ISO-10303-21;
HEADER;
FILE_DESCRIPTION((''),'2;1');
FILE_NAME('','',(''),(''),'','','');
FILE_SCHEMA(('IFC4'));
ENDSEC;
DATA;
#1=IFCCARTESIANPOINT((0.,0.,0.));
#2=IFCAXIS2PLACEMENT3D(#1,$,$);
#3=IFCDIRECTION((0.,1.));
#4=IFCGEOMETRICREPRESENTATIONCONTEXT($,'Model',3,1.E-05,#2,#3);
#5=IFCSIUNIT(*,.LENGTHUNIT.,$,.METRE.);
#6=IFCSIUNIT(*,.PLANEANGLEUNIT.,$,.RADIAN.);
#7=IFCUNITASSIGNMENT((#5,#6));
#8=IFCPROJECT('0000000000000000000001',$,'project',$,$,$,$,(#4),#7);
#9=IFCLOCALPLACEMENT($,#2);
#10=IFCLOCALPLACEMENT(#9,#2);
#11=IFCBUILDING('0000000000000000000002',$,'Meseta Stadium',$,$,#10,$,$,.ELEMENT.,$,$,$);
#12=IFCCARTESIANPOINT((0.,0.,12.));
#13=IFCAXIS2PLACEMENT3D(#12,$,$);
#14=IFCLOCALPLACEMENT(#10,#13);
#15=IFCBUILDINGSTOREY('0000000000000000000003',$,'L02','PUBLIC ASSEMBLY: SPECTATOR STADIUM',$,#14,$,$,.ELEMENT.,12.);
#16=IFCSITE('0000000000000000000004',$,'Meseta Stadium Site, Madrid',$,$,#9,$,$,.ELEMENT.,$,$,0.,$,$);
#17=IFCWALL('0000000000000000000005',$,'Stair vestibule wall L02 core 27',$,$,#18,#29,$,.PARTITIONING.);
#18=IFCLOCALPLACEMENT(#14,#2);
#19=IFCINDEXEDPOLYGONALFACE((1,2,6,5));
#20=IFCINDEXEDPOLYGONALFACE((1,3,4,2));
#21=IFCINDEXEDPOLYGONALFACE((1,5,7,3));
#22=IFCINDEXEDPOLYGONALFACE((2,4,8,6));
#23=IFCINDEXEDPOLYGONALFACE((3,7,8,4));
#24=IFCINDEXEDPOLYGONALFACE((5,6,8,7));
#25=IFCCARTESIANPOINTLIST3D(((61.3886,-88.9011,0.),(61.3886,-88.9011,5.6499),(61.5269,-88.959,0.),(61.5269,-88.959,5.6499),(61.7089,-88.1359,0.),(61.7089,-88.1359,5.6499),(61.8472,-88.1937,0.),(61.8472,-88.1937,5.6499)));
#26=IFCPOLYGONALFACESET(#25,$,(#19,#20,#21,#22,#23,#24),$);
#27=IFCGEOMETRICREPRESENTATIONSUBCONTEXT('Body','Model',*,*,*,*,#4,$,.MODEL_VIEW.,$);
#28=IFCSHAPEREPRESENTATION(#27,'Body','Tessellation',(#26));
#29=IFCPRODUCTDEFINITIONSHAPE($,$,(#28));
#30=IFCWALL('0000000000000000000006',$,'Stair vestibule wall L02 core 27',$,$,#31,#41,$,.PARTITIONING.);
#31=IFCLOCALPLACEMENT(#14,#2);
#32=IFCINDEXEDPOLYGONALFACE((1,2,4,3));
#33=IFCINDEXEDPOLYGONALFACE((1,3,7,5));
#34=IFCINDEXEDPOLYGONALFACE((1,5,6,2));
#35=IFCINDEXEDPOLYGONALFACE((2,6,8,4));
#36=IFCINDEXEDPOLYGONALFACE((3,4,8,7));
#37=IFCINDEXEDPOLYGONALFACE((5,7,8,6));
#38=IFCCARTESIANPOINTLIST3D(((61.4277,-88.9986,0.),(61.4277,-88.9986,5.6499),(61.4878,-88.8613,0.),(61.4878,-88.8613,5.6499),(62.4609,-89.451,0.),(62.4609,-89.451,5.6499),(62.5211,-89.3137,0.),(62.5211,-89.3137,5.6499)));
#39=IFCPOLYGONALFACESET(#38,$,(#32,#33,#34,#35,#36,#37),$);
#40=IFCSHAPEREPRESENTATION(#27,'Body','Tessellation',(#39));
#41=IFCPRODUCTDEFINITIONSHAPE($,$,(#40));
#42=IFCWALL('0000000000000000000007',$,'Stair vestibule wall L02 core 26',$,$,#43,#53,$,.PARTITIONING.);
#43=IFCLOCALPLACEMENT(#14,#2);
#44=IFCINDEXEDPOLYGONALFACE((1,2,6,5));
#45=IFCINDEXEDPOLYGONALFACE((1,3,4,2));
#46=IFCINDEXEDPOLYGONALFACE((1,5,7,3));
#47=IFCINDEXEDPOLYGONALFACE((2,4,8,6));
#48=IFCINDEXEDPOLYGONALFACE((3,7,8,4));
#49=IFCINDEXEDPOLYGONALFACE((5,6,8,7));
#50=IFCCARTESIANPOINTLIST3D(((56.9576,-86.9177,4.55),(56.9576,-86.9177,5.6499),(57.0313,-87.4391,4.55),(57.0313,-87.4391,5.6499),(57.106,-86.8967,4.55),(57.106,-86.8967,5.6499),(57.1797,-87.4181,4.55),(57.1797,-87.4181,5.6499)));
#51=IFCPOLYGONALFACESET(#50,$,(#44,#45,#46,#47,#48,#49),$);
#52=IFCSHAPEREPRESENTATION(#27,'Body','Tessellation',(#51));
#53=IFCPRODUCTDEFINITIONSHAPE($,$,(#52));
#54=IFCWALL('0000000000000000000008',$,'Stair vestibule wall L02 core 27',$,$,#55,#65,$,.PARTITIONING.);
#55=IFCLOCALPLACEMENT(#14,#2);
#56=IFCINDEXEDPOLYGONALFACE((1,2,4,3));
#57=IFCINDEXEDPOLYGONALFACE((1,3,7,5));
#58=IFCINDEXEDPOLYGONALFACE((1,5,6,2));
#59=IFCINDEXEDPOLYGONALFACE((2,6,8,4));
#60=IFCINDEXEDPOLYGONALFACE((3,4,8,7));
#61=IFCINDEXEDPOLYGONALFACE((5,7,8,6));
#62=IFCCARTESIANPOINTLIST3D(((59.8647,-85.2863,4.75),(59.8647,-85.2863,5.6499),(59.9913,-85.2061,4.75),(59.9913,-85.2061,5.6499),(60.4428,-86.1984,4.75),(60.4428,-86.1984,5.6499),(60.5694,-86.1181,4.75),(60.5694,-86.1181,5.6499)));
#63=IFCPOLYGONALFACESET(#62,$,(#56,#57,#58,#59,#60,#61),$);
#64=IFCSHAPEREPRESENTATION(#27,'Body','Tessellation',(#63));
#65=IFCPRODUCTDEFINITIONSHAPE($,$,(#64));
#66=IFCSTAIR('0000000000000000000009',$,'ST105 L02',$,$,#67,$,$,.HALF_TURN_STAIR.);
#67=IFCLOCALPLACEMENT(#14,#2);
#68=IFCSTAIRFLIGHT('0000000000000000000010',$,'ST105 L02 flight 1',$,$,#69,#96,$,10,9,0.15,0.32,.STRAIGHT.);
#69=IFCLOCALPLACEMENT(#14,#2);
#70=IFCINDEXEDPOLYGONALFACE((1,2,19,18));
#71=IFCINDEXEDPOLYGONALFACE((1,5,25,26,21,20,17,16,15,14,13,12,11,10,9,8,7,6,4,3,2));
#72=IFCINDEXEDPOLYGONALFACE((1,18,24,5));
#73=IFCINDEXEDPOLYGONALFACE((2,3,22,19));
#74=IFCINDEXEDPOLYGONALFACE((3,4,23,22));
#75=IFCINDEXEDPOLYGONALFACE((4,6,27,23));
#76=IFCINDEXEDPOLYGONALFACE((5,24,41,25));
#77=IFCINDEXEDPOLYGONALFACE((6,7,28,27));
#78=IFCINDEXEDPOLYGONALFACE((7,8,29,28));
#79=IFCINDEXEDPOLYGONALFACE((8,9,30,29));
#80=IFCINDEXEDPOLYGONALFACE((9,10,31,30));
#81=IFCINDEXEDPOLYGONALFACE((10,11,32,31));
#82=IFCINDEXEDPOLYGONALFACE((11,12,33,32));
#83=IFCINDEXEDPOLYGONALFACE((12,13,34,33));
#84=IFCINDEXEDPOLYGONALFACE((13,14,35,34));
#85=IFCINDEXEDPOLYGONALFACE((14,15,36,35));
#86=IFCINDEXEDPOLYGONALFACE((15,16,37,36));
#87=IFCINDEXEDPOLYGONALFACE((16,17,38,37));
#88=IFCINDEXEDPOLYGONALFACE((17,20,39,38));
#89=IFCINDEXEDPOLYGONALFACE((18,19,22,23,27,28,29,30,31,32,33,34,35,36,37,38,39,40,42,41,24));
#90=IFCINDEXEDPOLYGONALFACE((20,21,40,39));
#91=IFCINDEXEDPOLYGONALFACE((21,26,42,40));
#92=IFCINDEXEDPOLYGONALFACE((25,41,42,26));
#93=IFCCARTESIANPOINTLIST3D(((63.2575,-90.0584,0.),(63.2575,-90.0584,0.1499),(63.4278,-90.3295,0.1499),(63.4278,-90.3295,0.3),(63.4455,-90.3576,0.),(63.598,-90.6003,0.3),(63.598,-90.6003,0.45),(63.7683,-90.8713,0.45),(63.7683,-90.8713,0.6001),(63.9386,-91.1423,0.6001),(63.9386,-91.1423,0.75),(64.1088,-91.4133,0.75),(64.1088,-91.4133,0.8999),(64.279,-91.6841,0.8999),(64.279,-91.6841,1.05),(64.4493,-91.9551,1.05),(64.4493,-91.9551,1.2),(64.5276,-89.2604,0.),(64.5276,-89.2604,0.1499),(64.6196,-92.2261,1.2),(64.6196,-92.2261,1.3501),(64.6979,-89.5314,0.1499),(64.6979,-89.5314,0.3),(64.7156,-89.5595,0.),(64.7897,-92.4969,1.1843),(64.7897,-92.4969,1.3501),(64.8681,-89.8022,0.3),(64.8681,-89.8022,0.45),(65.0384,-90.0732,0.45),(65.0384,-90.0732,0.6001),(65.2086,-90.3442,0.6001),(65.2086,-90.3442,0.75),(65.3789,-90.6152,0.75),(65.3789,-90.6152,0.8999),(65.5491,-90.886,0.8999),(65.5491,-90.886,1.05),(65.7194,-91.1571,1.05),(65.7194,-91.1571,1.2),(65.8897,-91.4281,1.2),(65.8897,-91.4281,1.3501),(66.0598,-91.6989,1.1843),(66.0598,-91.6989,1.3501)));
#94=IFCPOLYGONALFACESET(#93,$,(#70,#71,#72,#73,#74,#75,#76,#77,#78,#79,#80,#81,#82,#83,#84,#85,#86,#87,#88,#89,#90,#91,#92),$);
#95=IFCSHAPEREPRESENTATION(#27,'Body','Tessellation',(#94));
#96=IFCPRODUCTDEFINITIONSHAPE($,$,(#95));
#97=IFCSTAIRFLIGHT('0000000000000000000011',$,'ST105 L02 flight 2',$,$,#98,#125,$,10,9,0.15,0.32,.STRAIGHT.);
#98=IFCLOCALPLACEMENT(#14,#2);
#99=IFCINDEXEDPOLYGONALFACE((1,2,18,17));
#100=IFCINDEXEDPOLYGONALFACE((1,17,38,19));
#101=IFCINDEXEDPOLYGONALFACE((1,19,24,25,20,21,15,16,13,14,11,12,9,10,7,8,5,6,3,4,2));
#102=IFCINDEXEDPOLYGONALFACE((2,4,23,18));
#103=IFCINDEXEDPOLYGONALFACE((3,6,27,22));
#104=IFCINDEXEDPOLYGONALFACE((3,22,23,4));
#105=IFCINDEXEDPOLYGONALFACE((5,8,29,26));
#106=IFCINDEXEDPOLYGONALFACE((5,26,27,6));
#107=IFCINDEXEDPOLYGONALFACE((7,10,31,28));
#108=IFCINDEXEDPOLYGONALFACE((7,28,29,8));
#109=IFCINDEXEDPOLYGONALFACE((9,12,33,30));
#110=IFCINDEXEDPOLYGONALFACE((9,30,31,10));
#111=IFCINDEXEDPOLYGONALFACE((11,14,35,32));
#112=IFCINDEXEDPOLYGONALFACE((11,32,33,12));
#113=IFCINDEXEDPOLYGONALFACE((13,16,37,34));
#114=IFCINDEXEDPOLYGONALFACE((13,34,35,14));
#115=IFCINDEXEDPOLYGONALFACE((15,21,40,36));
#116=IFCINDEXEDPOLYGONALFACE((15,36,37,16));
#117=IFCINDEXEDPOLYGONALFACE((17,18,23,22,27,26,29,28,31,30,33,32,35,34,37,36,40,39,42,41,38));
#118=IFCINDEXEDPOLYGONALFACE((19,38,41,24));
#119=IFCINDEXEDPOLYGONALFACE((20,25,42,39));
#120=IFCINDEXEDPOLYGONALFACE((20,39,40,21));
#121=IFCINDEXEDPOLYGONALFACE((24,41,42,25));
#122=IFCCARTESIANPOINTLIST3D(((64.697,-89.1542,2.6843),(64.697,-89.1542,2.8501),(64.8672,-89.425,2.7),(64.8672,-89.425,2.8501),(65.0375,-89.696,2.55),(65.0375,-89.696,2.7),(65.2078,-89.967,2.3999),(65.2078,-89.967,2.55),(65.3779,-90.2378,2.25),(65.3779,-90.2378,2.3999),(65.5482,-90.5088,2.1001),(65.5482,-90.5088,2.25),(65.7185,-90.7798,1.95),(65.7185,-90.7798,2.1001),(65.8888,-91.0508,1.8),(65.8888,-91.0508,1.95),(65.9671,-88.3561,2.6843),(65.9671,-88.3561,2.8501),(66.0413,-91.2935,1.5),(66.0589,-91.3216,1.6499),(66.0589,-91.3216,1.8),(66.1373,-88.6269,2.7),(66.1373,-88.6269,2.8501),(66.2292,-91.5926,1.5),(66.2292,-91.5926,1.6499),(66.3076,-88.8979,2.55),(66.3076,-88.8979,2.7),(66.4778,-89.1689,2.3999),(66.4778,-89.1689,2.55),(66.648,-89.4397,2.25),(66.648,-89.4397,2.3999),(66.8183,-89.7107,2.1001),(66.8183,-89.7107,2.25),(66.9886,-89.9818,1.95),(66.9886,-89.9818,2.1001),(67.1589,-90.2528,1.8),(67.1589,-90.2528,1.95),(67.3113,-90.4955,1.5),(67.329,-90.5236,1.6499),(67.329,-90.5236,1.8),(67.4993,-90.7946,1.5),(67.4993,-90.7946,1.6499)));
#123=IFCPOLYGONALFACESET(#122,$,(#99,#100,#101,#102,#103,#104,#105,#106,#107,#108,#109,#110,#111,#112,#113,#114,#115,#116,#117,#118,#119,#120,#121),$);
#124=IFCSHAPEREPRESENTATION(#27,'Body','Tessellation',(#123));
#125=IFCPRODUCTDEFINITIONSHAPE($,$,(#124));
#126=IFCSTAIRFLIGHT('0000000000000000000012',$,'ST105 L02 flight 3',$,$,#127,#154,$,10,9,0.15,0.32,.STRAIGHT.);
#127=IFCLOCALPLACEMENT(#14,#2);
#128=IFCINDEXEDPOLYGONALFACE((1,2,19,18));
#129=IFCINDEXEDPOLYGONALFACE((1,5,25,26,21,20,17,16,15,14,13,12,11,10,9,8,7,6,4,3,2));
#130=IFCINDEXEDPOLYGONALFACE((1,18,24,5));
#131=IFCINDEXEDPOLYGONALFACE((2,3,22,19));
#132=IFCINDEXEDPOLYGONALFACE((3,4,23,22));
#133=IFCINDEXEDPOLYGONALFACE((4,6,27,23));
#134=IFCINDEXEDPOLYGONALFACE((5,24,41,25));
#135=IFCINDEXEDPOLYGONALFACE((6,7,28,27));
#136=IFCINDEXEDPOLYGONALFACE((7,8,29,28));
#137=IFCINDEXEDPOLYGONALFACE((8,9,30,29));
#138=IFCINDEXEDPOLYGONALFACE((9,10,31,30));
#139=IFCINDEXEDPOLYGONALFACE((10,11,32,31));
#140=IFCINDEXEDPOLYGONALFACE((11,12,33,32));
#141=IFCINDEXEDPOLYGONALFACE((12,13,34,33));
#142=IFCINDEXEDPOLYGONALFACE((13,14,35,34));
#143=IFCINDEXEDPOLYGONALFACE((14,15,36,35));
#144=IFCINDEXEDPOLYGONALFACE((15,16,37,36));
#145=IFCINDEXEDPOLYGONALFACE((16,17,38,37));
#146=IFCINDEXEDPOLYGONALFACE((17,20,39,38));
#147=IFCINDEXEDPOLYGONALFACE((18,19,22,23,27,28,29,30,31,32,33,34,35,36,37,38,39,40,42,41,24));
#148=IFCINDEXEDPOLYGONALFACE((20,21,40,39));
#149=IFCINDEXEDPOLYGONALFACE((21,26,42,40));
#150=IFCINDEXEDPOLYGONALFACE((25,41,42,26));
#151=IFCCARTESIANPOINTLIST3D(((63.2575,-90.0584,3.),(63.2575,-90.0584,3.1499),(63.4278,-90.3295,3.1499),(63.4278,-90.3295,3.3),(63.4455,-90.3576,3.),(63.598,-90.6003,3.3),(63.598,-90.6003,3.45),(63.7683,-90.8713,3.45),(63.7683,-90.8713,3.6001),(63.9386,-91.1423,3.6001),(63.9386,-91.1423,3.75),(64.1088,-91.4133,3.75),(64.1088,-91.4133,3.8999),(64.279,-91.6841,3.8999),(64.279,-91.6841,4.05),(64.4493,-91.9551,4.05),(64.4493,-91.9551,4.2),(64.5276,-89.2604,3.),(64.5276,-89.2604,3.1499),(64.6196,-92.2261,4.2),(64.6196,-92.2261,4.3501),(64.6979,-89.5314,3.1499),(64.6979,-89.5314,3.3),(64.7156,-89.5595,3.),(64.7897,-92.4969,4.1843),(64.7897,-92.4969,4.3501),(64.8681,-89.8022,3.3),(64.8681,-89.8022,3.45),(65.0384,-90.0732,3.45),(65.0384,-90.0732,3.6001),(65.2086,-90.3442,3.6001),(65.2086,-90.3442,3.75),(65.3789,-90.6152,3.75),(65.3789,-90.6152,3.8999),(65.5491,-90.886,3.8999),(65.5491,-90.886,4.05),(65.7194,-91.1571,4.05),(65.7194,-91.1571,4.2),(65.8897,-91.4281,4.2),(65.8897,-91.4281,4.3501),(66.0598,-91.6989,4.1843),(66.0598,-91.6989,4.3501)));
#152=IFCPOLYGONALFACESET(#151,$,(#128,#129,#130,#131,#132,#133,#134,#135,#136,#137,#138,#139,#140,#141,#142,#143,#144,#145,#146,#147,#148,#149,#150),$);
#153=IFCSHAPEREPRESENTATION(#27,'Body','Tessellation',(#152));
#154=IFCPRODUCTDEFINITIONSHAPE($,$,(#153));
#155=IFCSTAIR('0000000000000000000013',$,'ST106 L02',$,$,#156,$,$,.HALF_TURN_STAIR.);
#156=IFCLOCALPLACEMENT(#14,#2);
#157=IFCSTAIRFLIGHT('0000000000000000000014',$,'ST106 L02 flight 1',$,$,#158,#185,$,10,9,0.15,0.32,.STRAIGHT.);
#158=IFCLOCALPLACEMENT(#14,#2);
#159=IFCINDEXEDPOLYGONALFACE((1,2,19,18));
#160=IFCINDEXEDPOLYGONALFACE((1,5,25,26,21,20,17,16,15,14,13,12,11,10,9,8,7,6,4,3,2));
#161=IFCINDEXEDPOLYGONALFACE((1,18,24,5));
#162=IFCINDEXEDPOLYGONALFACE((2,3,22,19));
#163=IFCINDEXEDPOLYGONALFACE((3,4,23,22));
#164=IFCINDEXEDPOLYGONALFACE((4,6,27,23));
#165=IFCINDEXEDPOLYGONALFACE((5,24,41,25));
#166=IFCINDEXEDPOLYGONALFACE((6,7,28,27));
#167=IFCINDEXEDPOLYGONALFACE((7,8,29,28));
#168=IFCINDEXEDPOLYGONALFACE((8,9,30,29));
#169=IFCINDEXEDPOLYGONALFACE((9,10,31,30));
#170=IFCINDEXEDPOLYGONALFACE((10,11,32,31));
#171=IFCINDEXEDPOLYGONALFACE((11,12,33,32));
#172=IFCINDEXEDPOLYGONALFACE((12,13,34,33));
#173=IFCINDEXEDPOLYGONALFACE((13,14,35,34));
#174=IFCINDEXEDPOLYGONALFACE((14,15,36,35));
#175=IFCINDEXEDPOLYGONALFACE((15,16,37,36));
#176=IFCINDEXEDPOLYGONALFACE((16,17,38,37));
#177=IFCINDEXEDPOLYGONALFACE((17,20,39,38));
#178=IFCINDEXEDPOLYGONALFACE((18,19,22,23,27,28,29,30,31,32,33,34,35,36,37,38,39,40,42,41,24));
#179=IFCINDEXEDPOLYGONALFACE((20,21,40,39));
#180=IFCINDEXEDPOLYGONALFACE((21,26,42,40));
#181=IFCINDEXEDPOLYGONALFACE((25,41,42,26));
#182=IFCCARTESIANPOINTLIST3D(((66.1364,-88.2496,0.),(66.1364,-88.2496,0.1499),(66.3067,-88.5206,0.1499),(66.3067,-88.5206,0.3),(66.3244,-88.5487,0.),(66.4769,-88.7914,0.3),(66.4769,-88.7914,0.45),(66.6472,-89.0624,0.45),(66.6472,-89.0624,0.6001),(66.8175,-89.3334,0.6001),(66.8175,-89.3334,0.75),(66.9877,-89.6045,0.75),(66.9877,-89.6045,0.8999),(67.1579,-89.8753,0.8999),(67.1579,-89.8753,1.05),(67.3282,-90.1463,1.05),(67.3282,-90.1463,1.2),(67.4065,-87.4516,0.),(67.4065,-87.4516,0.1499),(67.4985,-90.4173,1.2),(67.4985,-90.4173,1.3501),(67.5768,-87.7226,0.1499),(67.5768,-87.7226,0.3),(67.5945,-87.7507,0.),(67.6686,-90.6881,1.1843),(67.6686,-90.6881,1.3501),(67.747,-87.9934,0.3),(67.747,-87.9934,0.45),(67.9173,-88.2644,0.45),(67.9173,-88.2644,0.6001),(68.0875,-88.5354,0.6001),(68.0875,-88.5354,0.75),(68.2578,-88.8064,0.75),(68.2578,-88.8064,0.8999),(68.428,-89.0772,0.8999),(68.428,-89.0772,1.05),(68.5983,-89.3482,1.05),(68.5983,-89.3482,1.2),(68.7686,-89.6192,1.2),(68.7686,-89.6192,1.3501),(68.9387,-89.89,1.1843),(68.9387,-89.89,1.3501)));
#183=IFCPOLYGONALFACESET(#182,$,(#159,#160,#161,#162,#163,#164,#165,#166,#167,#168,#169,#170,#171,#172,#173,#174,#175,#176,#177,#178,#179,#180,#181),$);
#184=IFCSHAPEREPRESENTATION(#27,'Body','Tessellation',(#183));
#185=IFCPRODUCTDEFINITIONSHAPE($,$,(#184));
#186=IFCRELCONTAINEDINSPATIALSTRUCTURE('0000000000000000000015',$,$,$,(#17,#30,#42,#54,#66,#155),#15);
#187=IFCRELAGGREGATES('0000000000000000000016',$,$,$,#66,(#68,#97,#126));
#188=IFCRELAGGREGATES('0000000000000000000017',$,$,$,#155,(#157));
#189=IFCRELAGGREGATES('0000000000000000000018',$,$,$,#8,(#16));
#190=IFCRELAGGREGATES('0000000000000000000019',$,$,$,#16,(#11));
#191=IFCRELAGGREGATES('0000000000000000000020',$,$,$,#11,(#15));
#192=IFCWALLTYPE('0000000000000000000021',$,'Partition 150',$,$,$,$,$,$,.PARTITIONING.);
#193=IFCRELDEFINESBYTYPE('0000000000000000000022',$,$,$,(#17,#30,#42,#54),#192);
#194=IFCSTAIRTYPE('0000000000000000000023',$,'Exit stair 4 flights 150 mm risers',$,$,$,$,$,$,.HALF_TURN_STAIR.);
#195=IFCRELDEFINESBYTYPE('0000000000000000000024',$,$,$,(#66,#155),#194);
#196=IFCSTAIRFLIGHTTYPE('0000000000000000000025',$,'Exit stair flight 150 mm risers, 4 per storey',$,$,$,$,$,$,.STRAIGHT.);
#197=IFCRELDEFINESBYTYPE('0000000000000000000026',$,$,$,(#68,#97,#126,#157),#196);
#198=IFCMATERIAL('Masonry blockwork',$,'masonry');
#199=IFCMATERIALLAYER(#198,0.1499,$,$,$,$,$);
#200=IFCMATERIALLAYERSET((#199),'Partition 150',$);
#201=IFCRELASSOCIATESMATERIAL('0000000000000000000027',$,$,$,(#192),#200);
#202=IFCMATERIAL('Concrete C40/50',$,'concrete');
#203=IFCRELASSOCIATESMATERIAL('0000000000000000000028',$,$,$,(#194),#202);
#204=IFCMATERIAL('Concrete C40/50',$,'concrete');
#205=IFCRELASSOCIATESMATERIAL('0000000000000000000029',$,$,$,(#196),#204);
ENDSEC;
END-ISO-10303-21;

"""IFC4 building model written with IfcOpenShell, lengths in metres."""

from ifc_helpers import new_model, si_unit, direction, frame, frame_2d, origin, place, context, subcontext, project, spatial, polyline, rectangle, outline, extrude, material, layer, layer_set, type_object, element, aggregate, save


model = new_model("IFC4")

# Units and contexts
model_context = context("Model", 3, precision=1e-05, world=origin(), true_north=direction((0.0, 1.0)))
body_context = subcontext(model_context, "Body", "Model", "MODEL_VIEW")
ifc_project = project(units=[si_unit("LENGTHUNIT", "METRE"), si_unit("PLANEANGLEUNIT", "RADIAN")], contexts=[model_context])

# Site, building, storey
site_placement = place(None, origin())
site = spatial("IfcSite", under=ifc_project, at=site_placement, Name="Meseta Stadium Site, Madrid", CompositionType="ELEMENT", RefElevation=0.0)
building_placement = place(site_placement, origin())
building = spatial("IfcBuilding", under=site, at=building_placement, Name="Meseta Stadium", CompositionType="ELEMENT")
storey_placement = place(building_placement, frame((0.0, 0.0, 12.0)))
storey = spatial("IfcBuildingStorey", under=building, at=storey_placement, Name="L02", Description="PUBLIC ASSEMBLY: SPECTATOR STADIUM", CompositionType="ELEMENT", Elevation=12.0)

# Shared definitions
ifc_material_1 = material(Name="Masonry blockwork", Category="masonry")
ifc_layer_1 = layer(ifc_material_1, 0.1499)
ifc_layer_set_1 = layer_set([ifc_layer_1], Name="Partition 150")
wall_type_1 = type_object("IfcWallType", Name="Partition 150", PredefinedType="PARTITIONING", material=ifc_layer_set_1)

# Walls
wall_1_placement = place(storey_placement, frame((61.7781, -88.1648, 0.0), z_axis=(0.0, 0.0, 1.0), x_axis=(-0.386161, -0.922431, 0.0)))
element("IfcWall", 1, at=wall_1_placement, inside=storey, type_object=wall_type_1, Name="Stair vestibule wall L02 core 27", PredefinedType="PARTITIONING", context=body_context, shape_type="SweptSolid", body=[
    extrude(rectangle(XDim=0.8296, YDim=0.1499, at=frame_2d((0.4148, 0.0))), origin(), (0.0, 0.0, 1.0), 5.6499),
])
wall_2_placement = place(storey_placement, frame((61.4578, -88.9299, 0.0), z_axis=(0.0, 0.0, 1.0), x_axis=(0.916038, -0.401091, 0.0)))
element("IfcWall", 2, at=wall_2_placement, inside=storey, type_object=wall_type_1, Name="Stair vestibule wall L02 core 27", PredefinedType="PARTITIONING", context=body_context, shape_type="SweptSolid", body=[
    extrude(rectangle(XDim=1.1279, YDim=0.1499, at=frame_2d((0.564, 0.0))), origin(), (0.0, 0.0, 1.0), 5.6499),
])
wall_3_placement = place(storey_placement, frame((57.1055, -87.4285, 4.55), z_axis=(0.0, 0.0, 1.0), x_axis=(-0.139993, 0.990152, 0.0)))
element("IfcWall", 3, at=wall_3_placement, inside=storey, type_object=wall_type_1, Name="Stair vestibule wall L02 core 26", PredefinedType="PARTITIONING", context=body_context, shape_type="SweptSolid", body=[
    extrude(rectangle(XDim=0.5266, YDim=0.1499, at=frame_2d((0.2632, 0.0))), origin(), (0.0, 0.0, 1.0), 1.0999),
])
wall_4_placement = place(storey_placement, frame((59.928, -85.2461, 4.75), z_axis=(0.0, 0.0, 1.0), x_axis=(0.535353, -0.844628, 0.0)))
element("IfcWall", 4, at=wall_4_placement, inside=storey, type_object=wall_type_1, Name="Stair vestibule wall L02 core 27", PredefinedType="PARTITIONING", context=body_context, shape_type="SweptSolid", body=[
    extrude(rectangle(XDim=1.0798, YDim=0.1499, at=frame_2d((0.54, 0.0))), origin(), (0.0, 0.0, 1.0), 0.8999),
])

# Stairs, stair flights
ifc_material_2 = material(Name="Concrete C40/50", Category="concrete")
stair_type = type_object("IfcStairType", Name="Exit stair 4 flights 150 mm risers", PredefinedType="HALF_TURN_STAIR", material=ifc_material_2)
stair_1_placement = place(storey_placement, origin())
stair_1 = element("IfcStair", 5, at=stair_1_placement, inside=storey, type_object=stair_type, Name="ST105 L02", PredefinedType="HALF_TURN_STAIR")
ifc_material_3 = material(Name="Concrete C40/50", Category="concrete")
stair_flight_type = type_object("IfcStairFlightType", Name="Exit stair flight 150 mm risers, 4 per storey", PredefinedType="STRAIGHT", material=ifc_material_3)
stair_flight_1_placement = place(storey_placement, frame((63.8926, -89.6594, 0.0), z_axis=(0.0, 0.0, 1.0), x_axis=(0.532032, -0.846724, 0.0)))
stair_flight_1 = element("IfcStairFlight", 6, at=stair_flight_1_placement, type_object=stair_flight_type, Name="ST105 L02 flight 1", NumberOfRisers=10, NumberOfTreads=9, PredefinedType="STRAIGHT", RiserHeight=0.15, TreadLength=0.32, context=body_context, shape_type="SweptSolid", body=[
    extrude(outline(polyline([(0.0, 0.0), (0.0, 0.1499), (0.3201, 0.1499), (0.3201, 0.3), (0.6399, 0.3), (0.6399, 0.45), (0.96, 0.45), (0.96, 0.6001), (1.28, 0.6001), (1.28, 0.75), (1.6001, 0.75), (1.6001, 0.8999), (1.9199, 0.8999), (1.9199, 1.05), (2.24, 1.05), (2.24, 1.2), (2.5601, 1.2), (2.5601, 1.3501), (2.8799, 1.3501), (2.8799, 1.1843), (0.3533, 0.0), (0.0, 0.0)])), frame((0.0, 0.75, 0.0), z_axis=(0.0, -1.0, 0.0), x_axis=(1.0, 0.0, 0.0)), (0.0, 0.0, 1.0), 1.5),
])
stair_flight_2_placement = place(storey_placement, frame((66.8643, -91.1936, 1.5), z_axis=(0.0, 0.0, 1.0), x_axis=(-0.532032, 0.846724, 0.0)))
stair_flight_2 = element("IfcStairFlight", 7, at=stair_flight_2_placement, type_object=stair_flight_type, Name="ST105 L02 flight 2", NumberOfRisers=10, NumberOfTreads=9, PredefinedType="STRAIGHT", RiserHeight=0.15, TreadLength=0.32, context=body_context, shape_type="SweptSolid", body=[
    extrude(outline(polyline([(0.0, 0.0), (0.0, 0.1499), (0.3201, 0.1499), (0.3201, 0.3), (0.6399, 0.3), (0.6399, 0.45), (0.96, 0.45), (0.96, 0.6001), (1.28, 0.6001), (1.28, 0.75), (1.6001, 0.75), (1.6001, 0.8999), (1.9199, 0.8999), (1.9199, 1.05), (2.24, 1.05), (2.24, 1.2), (2.5601, 1.2), (2.5601, 1.3501), (2.8799, 1.3501), (2.8799, 1.1843), (0.3533, 0.0), (0.0, 0.0)])), frame((0.0, 0.75, 0.0), z_axis=(0.0, -1.0, 0.0), x_axis=(1.0, 0.0, 0.0)), (0.0, 0.0, 1.0), 1.5),
])
stair_flight_3_placement = place(storey_placement, frame((63.8926, -89.6594, 3.0), z_axis=(0.0, 0.0, 1.0), x_axis=(0.532032, -0.846724, 0.0)))
stair_flight_3 = element("IfcStairFlight", 8, at=stair_flight_3_placement, type_object=stair_flight_type, Name="ST105 L02 flight 3", NumberOfRisers=10, NumberOfTreads=9, PredefinedType="STRAIGHT", RiserHeight=0.15, TreadLength=0.32, context=body_context, shape_type="SweptSolid", body=[
    extrude(outline(polyline([(0.0, 0.0), (0.0, 0.1499), (0.3201, 0.1499), (0.3201, 0.3), (0.6399, 0.3), (0.6399, 0.45), (0.96, 0.45), (0.96, 0.6001), (1.28, 0.6001), (1.28, 0.75), (1.6001, 0.75), (1.6001, 0.8999), (1.9199, 0.8999), (1.9199, 1.05), (2.24, 1.05), (2.24, 1.2), (2.5601, 1.2), (2.5601, 1.3501), (2.8799, 1.3501), (2.8799, 1.1843), (0.3533, 0.0), (0.0, 0.0)])), frame((0.0, 0.75, 0.0), z_axis=(0.0, -1.0, 0.0), x_axis=(1.0, 0.0, 0.0)), (0.0, 0.0, 1.0), 1.5),
])
aggregate(stair_1, [stair_flight_1, stair_flight_2, stair_flight_3])
stair_2_placement = place(storey_placement, origin())
stair_2 = element("IfcStair", 9, at=stair_2_placement, inside=storey, type_object=stair_type, Name="ST106 L02", PredefinedType="HALF_TURN_STAIR")
stair_flight_4_placement = place(storey_placement, frame((66.7715, -87.8506, 0.0), z_axis=(0.0, 0.0, 1.0), x_axis=(0.532032, -0.846724, 0.0)))
stair_flight_4 = element("IfcStairFlight", 10, at=stair_flight_4_placement, type_object=stair_flight_type, Name="ST106 L02 flight 1", NumberOfRisers=10, NumberOfTreads=9, PredefinedType="STRAIGHT", RiserHeight=0.15, TreadLength=0.32, context=body_context, shape_type="SweptSolid", body=[
    extrude(outline(polyline([(0.0, 0.0), (0.0, 0.1499), (0.3201, 0.1499), (0.3201, 0.3), (0.6399, 0.3), (0.6399, 0.45), (0.96, 0.45), (0.96, 0.6001), (1.28, 0.6001), (1.28, 0.75), (1.6001, 0.75), (1.6001, 0.8999), (1.9199, 0.8999), (1.9199, 1.05), (2.24, 1.05), (2.24, 1.2), (2.5601, 1.2), (2.5601, 1.3501), (2.8799, 1.3501), (2.8799, 1.1843), (0.3533, 0.0), (0.0, 0.0)])), frame((0.0, 0.75, 0.0), z_axis=(0.0, -1.0, 0.0), x_axis=(1.0, 0.0, 0.0)), (0.0, 0.0, 1.0), 1.5),
])
aggregate(stair_2, [stair_flight_4])

save(model, "model.ifc")
